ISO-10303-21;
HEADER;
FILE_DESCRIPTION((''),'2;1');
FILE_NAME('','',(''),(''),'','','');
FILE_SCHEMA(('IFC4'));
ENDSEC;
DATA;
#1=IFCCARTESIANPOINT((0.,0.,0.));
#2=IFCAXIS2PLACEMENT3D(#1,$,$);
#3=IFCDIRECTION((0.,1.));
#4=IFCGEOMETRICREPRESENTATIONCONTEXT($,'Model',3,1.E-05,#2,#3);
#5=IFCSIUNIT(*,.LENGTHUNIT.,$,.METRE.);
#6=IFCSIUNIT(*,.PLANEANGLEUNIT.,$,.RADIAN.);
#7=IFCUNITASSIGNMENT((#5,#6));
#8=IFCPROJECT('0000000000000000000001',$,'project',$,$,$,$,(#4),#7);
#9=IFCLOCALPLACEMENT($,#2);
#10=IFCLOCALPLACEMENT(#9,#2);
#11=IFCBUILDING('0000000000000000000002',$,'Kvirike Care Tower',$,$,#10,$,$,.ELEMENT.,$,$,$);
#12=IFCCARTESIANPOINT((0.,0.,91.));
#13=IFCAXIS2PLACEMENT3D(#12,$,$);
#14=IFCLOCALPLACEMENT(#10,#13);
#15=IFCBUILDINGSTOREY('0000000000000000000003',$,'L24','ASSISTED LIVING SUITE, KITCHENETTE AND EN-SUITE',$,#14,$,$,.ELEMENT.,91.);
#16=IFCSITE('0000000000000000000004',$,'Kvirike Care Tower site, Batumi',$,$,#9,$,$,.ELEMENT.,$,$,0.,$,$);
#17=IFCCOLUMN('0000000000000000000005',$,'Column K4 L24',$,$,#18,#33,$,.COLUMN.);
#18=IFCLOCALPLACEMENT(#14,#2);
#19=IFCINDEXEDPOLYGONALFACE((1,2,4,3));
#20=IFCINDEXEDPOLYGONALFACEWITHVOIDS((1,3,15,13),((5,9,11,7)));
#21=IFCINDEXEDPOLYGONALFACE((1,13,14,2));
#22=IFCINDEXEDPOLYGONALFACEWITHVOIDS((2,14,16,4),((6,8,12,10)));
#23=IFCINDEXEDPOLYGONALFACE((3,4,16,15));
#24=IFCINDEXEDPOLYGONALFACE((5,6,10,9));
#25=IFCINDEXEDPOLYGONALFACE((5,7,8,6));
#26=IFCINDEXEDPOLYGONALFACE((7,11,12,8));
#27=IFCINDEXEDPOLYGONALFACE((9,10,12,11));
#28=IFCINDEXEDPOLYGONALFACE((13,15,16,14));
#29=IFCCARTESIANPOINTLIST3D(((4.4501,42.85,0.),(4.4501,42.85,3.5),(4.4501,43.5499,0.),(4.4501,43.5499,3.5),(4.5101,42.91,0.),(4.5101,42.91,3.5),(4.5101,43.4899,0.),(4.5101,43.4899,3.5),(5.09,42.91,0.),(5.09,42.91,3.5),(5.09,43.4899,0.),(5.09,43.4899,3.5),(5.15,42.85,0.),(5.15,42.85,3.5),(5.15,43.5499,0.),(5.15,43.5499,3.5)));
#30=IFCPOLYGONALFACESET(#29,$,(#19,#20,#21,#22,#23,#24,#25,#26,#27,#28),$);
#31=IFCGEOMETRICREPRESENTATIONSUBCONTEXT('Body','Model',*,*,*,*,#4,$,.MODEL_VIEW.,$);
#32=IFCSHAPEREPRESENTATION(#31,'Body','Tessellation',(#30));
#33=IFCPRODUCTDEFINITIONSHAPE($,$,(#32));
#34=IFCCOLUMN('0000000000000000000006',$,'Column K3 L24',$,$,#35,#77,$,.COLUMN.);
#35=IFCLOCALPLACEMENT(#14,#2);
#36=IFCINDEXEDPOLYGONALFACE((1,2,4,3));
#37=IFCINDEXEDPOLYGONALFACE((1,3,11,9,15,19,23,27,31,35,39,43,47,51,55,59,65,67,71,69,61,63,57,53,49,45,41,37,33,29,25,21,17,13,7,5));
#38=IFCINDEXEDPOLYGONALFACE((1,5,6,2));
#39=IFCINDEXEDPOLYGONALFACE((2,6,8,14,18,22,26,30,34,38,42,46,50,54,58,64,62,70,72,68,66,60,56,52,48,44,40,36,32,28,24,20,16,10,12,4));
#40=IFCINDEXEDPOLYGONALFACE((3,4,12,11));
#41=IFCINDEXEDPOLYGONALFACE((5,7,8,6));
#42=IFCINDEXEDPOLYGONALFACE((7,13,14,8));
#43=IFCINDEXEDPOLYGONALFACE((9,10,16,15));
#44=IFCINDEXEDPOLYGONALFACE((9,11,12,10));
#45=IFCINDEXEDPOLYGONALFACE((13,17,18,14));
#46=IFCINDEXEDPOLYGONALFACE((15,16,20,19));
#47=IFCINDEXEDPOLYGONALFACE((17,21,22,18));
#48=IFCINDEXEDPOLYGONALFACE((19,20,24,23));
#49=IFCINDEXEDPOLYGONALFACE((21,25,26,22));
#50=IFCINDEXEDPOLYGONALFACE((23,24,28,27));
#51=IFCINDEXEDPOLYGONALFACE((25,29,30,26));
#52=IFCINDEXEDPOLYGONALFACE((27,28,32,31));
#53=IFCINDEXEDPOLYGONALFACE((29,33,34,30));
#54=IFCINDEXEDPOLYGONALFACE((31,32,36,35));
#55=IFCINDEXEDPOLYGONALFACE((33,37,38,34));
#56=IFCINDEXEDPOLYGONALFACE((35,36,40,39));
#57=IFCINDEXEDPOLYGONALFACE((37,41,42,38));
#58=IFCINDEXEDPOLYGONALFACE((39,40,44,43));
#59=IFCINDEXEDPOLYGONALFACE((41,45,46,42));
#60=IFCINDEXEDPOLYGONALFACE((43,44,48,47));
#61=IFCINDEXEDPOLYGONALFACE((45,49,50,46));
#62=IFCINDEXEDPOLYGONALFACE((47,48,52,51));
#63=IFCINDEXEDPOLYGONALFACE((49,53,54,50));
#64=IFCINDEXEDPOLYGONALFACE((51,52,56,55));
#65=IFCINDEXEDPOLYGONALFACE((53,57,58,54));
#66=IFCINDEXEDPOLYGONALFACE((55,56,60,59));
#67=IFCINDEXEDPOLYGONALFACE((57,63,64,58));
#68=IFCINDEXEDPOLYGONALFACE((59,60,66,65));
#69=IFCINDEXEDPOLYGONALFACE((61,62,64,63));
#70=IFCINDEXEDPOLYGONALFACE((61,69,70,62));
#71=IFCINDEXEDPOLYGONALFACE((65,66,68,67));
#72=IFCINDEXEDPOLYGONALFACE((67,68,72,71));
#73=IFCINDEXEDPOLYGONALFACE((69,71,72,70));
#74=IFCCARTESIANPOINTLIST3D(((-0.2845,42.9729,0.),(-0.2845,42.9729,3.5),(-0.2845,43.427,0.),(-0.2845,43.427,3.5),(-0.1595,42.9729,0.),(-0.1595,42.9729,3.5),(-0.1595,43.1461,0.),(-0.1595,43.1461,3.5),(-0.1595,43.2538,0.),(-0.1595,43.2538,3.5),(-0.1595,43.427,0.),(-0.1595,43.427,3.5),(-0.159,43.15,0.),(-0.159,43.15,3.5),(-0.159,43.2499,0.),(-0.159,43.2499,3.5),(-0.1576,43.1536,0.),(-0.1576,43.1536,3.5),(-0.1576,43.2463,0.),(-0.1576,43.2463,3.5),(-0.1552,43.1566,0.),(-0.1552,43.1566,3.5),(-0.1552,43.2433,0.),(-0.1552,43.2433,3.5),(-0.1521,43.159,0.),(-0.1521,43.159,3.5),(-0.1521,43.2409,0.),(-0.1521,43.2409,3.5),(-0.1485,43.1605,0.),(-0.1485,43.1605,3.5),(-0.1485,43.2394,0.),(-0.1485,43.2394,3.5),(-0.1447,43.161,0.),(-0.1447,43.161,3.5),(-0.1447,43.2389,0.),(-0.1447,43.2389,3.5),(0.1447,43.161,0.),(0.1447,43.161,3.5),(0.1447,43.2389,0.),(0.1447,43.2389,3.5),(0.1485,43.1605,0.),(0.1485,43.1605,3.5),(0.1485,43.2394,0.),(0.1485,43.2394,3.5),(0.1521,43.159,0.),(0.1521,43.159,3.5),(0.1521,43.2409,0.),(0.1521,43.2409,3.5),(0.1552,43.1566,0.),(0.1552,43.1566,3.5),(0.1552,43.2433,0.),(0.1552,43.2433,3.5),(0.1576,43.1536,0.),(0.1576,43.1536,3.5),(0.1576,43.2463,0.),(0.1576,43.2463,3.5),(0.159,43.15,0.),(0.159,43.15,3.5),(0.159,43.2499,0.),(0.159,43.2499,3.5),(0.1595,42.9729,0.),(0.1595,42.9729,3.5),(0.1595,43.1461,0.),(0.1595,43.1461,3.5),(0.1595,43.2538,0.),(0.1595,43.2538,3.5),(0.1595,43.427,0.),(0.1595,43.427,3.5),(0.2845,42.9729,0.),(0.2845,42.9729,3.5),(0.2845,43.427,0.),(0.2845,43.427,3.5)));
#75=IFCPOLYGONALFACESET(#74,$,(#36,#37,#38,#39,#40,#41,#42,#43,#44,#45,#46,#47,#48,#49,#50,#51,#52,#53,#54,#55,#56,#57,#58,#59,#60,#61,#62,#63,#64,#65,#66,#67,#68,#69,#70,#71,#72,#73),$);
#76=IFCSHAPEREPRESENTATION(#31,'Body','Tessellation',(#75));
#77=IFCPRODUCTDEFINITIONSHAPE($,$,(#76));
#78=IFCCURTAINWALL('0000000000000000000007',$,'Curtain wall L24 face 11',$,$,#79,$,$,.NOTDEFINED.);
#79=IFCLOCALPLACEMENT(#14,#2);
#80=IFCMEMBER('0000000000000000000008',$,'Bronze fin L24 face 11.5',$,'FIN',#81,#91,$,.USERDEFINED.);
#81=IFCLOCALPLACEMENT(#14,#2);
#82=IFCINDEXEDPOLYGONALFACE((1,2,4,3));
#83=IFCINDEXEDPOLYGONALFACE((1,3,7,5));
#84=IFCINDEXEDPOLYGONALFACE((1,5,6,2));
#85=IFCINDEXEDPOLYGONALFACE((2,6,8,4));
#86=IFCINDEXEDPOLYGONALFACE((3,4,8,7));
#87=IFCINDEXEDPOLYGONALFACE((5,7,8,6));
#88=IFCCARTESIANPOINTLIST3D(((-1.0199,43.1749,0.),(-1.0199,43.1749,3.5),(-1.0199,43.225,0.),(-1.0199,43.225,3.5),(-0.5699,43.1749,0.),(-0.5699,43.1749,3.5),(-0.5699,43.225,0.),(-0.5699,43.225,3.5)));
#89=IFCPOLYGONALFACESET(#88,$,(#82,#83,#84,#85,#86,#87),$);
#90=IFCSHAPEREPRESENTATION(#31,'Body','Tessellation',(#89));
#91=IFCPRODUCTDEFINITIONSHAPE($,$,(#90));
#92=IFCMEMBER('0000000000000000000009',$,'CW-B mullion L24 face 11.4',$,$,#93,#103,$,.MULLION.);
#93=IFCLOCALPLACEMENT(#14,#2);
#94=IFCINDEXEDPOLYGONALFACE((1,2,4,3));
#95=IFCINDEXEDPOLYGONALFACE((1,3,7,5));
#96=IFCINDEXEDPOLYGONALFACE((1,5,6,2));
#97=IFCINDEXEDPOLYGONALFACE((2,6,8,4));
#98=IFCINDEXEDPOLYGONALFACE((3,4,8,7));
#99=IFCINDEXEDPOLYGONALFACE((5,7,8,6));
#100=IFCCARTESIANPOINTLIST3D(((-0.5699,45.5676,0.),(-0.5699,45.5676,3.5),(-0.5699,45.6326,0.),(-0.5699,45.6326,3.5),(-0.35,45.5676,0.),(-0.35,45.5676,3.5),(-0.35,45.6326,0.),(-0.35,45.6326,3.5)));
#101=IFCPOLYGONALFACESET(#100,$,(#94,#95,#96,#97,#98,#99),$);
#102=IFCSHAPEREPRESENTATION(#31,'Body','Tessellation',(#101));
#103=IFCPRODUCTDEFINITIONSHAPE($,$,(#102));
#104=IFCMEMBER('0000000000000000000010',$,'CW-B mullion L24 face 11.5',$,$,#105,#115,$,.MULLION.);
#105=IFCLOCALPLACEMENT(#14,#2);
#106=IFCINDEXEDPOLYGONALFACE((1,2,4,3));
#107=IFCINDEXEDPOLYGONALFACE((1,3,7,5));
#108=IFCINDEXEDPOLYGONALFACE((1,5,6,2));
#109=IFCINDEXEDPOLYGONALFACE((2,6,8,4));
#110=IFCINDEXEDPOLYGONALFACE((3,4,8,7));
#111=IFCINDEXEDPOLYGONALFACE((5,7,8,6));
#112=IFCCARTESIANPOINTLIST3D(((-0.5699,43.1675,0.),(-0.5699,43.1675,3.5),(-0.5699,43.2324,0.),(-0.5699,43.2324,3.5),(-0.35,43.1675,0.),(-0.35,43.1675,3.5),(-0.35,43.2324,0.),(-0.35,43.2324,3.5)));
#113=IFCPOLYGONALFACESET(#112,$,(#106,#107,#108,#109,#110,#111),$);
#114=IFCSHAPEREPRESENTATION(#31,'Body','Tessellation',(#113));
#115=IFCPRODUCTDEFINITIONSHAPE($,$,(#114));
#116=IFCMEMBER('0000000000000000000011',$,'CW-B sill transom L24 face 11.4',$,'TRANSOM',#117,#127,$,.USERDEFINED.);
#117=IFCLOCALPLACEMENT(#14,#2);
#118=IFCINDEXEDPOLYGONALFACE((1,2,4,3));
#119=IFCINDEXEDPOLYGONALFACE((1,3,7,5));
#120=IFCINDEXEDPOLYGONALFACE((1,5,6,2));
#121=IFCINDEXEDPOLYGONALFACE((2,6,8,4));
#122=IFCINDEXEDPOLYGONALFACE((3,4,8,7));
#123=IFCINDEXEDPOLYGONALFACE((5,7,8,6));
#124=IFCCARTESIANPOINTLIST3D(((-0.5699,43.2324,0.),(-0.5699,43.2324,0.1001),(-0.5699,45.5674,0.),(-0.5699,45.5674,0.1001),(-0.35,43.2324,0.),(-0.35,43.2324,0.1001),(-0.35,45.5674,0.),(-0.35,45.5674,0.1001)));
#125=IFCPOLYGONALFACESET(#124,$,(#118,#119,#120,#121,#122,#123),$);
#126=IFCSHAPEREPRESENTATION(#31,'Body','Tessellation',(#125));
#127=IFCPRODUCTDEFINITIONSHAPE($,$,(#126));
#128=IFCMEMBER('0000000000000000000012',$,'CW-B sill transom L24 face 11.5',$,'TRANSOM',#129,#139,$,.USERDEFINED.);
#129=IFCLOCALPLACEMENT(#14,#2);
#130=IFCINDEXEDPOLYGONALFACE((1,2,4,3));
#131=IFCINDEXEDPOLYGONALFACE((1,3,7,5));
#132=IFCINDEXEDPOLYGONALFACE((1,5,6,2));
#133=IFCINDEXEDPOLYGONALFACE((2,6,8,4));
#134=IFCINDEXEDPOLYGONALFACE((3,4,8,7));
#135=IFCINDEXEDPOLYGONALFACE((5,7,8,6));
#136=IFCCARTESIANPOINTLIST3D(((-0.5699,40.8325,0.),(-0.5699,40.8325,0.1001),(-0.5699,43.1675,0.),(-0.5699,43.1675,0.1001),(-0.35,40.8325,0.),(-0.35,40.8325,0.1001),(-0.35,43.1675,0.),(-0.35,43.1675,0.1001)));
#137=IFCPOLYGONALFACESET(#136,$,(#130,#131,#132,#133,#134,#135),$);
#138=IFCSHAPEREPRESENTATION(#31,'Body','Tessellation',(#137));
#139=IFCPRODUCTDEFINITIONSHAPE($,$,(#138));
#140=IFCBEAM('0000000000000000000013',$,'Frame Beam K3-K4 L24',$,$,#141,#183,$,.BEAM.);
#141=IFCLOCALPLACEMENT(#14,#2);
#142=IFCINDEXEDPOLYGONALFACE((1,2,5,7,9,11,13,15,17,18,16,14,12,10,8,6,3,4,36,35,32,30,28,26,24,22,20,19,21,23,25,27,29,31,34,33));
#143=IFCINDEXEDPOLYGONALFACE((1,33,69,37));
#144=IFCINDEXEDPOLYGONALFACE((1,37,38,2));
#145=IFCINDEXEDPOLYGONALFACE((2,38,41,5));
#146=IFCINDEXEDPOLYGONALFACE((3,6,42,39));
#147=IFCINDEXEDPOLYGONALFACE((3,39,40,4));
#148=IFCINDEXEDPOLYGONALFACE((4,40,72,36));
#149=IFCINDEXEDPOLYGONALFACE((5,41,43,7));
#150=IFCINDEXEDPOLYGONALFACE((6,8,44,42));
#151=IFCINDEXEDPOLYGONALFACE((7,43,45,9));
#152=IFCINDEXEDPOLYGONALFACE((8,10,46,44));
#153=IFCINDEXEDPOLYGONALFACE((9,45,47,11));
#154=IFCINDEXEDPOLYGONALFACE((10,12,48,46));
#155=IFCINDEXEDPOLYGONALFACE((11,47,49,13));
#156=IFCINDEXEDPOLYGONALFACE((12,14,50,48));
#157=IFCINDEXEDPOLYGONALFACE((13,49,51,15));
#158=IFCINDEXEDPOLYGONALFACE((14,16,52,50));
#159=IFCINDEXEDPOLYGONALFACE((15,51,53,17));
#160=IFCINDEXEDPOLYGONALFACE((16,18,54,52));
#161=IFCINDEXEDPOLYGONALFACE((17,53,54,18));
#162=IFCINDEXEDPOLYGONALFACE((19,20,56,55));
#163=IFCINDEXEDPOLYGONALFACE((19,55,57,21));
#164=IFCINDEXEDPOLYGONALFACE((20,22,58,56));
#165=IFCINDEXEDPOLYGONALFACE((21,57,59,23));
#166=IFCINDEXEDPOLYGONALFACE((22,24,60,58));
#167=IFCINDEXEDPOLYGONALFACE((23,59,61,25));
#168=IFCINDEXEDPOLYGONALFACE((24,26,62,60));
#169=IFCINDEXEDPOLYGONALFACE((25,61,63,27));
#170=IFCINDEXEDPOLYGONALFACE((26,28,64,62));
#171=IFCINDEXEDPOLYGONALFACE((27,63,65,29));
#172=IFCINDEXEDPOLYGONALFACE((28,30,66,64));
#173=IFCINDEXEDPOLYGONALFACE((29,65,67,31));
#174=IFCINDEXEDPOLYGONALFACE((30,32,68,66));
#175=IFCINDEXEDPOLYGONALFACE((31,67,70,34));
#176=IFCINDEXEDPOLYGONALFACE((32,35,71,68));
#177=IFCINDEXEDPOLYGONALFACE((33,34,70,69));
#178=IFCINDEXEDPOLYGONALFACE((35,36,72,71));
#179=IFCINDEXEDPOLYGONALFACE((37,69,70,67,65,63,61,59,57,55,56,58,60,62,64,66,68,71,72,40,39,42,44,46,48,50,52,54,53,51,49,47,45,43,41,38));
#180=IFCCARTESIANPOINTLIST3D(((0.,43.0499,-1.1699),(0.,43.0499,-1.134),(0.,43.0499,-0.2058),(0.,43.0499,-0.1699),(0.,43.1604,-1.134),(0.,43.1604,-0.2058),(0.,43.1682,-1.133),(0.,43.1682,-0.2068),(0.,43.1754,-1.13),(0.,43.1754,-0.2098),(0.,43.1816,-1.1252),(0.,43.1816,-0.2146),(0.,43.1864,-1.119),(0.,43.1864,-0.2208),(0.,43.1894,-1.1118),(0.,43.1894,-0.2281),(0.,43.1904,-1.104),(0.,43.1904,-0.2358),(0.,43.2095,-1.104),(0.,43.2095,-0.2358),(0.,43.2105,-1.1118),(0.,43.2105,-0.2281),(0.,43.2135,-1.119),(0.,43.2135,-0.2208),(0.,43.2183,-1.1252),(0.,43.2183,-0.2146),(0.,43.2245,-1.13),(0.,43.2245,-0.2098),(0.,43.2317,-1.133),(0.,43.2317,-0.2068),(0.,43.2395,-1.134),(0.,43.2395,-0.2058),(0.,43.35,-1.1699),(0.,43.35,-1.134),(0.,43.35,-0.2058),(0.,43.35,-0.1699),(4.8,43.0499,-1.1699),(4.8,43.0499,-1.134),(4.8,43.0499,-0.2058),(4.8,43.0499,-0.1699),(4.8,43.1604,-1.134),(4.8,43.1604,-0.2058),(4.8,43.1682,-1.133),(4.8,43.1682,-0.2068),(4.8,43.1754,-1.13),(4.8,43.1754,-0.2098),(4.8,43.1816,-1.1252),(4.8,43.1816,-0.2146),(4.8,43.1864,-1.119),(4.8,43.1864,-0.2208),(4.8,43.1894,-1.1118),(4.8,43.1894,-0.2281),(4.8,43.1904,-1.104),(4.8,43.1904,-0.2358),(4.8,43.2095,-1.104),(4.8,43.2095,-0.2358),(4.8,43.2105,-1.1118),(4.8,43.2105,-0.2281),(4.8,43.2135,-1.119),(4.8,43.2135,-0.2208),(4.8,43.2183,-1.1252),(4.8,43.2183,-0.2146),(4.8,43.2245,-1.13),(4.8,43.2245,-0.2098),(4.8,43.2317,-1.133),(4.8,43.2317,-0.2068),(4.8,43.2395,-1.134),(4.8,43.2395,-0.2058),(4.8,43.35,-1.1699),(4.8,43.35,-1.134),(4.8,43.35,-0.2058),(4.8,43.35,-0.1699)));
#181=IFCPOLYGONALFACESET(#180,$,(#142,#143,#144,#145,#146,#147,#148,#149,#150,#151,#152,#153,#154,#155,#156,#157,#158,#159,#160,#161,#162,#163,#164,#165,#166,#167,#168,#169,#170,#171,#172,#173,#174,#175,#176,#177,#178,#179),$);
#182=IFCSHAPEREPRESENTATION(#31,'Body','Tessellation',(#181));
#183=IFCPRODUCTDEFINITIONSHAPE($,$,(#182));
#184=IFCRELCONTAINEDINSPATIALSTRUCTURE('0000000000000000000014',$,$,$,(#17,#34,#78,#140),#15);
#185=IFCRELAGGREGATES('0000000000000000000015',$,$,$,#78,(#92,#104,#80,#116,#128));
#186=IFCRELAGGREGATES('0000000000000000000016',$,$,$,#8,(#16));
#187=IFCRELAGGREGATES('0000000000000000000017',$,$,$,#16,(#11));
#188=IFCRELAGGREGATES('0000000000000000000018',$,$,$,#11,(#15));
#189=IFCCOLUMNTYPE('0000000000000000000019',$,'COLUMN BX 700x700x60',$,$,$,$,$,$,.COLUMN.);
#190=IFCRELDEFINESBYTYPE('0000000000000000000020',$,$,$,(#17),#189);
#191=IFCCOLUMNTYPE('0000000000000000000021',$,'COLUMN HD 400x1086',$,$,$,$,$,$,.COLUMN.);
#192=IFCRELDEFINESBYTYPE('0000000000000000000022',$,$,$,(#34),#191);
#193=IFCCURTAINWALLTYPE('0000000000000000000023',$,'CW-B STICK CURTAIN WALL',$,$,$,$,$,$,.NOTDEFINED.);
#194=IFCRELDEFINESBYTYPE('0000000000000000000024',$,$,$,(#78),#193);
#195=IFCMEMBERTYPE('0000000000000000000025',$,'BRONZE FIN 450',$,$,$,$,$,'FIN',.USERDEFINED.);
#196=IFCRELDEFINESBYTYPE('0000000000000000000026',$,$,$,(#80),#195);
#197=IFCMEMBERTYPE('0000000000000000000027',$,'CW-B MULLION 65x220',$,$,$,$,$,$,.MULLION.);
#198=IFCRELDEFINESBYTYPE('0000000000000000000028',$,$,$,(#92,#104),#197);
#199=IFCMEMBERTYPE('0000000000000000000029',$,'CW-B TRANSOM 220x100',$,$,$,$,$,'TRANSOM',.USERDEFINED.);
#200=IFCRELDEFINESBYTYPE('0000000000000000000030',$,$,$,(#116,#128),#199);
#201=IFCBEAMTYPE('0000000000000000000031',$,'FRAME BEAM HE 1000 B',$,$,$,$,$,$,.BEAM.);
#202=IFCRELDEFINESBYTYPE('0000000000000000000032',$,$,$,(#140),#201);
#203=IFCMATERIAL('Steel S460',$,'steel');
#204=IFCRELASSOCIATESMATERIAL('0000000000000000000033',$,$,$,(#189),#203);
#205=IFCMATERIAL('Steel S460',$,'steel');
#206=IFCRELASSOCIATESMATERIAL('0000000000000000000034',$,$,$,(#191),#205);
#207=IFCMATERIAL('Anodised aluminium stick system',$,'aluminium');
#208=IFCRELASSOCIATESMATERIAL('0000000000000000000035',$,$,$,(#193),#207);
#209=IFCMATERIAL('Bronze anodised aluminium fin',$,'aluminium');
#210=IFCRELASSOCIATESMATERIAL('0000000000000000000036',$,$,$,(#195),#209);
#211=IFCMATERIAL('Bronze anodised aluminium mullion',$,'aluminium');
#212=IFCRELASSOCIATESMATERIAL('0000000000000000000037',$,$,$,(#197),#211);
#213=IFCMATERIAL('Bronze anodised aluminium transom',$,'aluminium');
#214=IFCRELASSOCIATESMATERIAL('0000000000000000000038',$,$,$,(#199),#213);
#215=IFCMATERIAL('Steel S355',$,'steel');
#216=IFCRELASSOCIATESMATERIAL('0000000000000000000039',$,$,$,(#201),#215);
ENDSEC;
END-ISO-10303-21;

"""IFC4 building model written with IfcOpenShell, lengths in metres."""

from ifc_helpers import new_model, si_unit, direction, frame, origin, origin_2d, place, context, subcontext, project, spatial, rectangle, hollow_rectangle, i_section, extrude, material, material_profile, profile_set, type_object, element, aggregate, save


model = new_model("IFC4")

# Units and contexts
model_context = context("Model", 3, precision=1e-05, world=origin(), true_north=direction((0.0, 1.0)))
body_context = subcontext(model_context, "Body", "Model", "MODEL_VIEW")
ifc_project = project(units=[si_unit("LENGTHUNIT", "METRE"), si_unit("PLANEANGLEUNIT", "RADIAN")], contexts=[model_context])

# Site, building, storey
site_placement = place(None, origin())
site = spatial("IfcSite", under=ifc_project, at=site_placement, Name="Kvirike Care Tower site, Batumi", CompositionType="ELEMENT", RefElevation=0.0)
building_placement = place(site_placement, origin())
building = spatial("IfcBuilding", under=site, at=building_placement, Name="Kvirike Care Tower", CompositionType="ELEMENT")
storey_placement = place(building_placement, frame((0.0, 0.0, 91.0)))
storey = spatial("IfcBuildingStorey", under=building, at=storey_placement, Name="L24", Description="ASSISTED LIVING SUITE, KITCHENETTE AND EN-SUITE", CompositionType="ELEMENT", Elevation=91.0)

# Columns
ifc_material_1 = material(Name="Steel S460", Category="steel")
ifc_material_profile_1 = material_profile(ifc_material_1, hollow_rectangle(XDim=0.7, YDim=0.7, WallThickness=0.0601, at=origin_2d()), Name="BX 700x700x60")
ifc_profile_set_1 = profile_set([ifc_material_profile_1], Name="Steel S460")
column_type_1 = type_object("IfcColumnType", Name="COLUMN BX 700x700x60", PredefinedType="COLUMN", material=ifc_profile_set_1)
column_1_placement = place(storey_placement, frame((4.8, 43.2, 0.0), z_axis=(0.0, 0.0, 1.0), x_axis=(0.0, 1.0, 0.0)))
element("IfcColumn", 1, at=column_1_placement, inside=storey, type_object=column_type_1, Name="Column K4 L24", PredefinedType="COLUMN", context=body_context, shape_type="SweptSolid", body=[
    extrude(hollow_rectangle(XDim=0.7, YDim=0.7, WallThickness=0.0601, at=origin_2d()), origin(), (0.0, 0.0, 1.0), 3.5),
])
ifc_material_2 = material(Name="Steel S460", Category="steel")
ifc_material_profile_2 = material_profile(ifc_material_2, i_section(OverallWidth=0.4541, OverallDepth=0.5691, WebThickness=0.0779, FlangeThickness=0.125, FilletRadius=0.0149, at=origin_2d()), Name="HD 400x1086")
ifc_profile_set_2 = profile_set([ifc_material_profile_2], Name="Steel S460")
column_type_2 = type_object("IfcColumnType", Name="COLUMN HD 400x1086", PredefinedType="COLUMN", material=ifc_profile_set_2)
column_2_placement = place(storey_placement, frame((0.0, 43.2, 0.0), z_axis=(0.0, 0.0, 1.0), x_axis=(0.0, 1.0, 0.0)))
element("IfcColumn", 2, at=column_2_placement, inside=storey, type_object=column_type_2, Name="Column K3 L24", PredefinedType="COLUMN", context=body_context, shape_type="SweptSolid", body=[
    extrude(i_section(OverallWidth=0.4541, OverallDepth=0.5691, WebThickness=0.0779, FlangeThickness=0.125, FilletRadius=0.0149, at=origin_2d()), origin(), (0.0, 0.0, 1.0), 3.5),
])

# Curtain wall, members
ifc_material_3 = material(Name="Anodised aluminium stick system", Category="aluminium")
curtain_wall_type = type_object("IfcCurtainWallType", Name="CW-B STICK CURTAIN WALL", PredefinedType="NOTDEFINED", material=ifc_material_3)
curtain_wall_placement = place(storey_placement, origin())
curtain_wall = element("IfcCurtainWall", 3, at=curtain_wall_placement, inside=storey, type_object=curtain_wall_type, Name="Curtain wall L24 face 11", PredefinedType="NOTDEFINED")
ifc_material_4 = material(Name="Bronze anodised aluminium fin", Category="aluminium")
ifc_material_profile_3 = material_profile(ifc_material_4, rectangle(XDim=0.05, YDim=0.45, at=origin_2d()), Name="BRONZE FIN 450")
ifc_profile_set_3 = profile_set([ifc_material_profile_3], Name="Bronze anodised aluminium fin")
member_type_1 = type_object("IfcMemberType", Name="BRONZE FIN 450", ElementType="FIN", PredefinedType="USERDEFINED", material=ifc_profile_set_3)
member_1_placement = place(storey_placement, frame((-0.7949, 43.2, 0.0), z_axis=(0.0, 0.0, 1.0), x_axis=(0.0, -1.0, 0.0)))
member_1 = element("IfcMember", 4, at=member_1_placement, type_object=member_type_1, Name="Bronze fin L24 face 11.5", ObjectType="FIN", PredefinedType="USERDEFINED", context=body_context, shape_type="SweptSolid", body=[
    extrude(rectangle(XDim=0.05, YDim=0.45, at=origin_2d()), origin(), (0.0, 0.0, 1.0), 3.5),
])
ifc_material_5 = material(Name="Bronze anodised aluminium mullion", Category="aluminium")
ifc_material_profile_4 = material_profile(ifc_material_5, rectangle(XDim=0.0649, YDim=0.22, at=origin_2d()), Name="CW-B MULLION 65x220")
ifc_profile_set_4 = profile_set([ifc_material_profile_4], Name="Bronze anodised aluminium mullion")
member_type_2 = type_object("IfcMemberType", Name="CW-B MULLION 65x220", PredefinedType="MULLION", material=ifc_profile_set_4)
member_2_placement = place(storey_placement, frame((-0.46, 45.6001, 0.0), z_axis=(0.0, 0.0, 1.0), x_axis=(0.0, -1.0, 0.0)))
member_2 = element("IfcMember", 5, at=member_2_placement, type_object=member_type_2, Name="CW-B mullion L24 face 11.4", PredefinedType="MULLION", context=body_context, shape_type="SweptSolid", body=[
    extrude(rectangle(XDim=0.0649, YDim=0.22, at=origin_2d()), origin(), (0.0, 0.0, 1.0), 3.5),
])
member_3_placement = place(storey_placement, frame((-0.46, 43.2, 0.0), z_axis=(0.0, 0.0, 1.0), x_axis=(0.0, -1.0, 0.0)))
member_3 = element("IfcMember", 6, at=member_3_placement, type_object=member_type_2, Name="CW-B mullion L24 face 11.5", PredefinedType="MULLION", context=body_context, shape_type="SweptSolid", body=[
    extrude(rectangle(XDim=0.0649, YDim=0.22, at=origin_2d()), origin(), (0.0, 0.0, 1.0), 3.5),
])
ifc_material_6 = material(Name="Bronze anodised aluminium transom", Category="aluminium")
ifc_material_profile_5 = material_profile(ifc_material_6, rectangle(XDim=0.22, YDim=0.1001, at=origin_2d()), Name="CW-B TRANSOM 220x100")
ifc_profile_set_5 = profile_set([ifc_material_profile_5], Name="Bronze anodised aluminium transom")
member_type_3 = type_object("IfcMemberType", Name="CW-B TRANSOM 220x100", ElementType="TRANSOM", PredefinedType="USERDEFINED", material=ifc_profile_set_5)
member_4_placement = place(storey_placement, frame((-0.46, 45.5674, 0.05), z_axis=(0.0, -1.0, 0.0), x_axis=(1.0, 0.0, 0.0)))
member_4 = element("IfcMember", 7, at=member_4_placement, type_object=member_type_3, Name="CW-B sill transom L24 face 11.4", ObjectType="TRANSOM", PredefinedType="USERDEFINED", context=body_context, shape_type="SweptSolid", body=[
    extrude(rectangle(XDim=0.22, YDim=0.1001, at=origin_2d()), origin(), (0.0, 0.0, 1.0), 2.335),
])
member_5_placement = place(storey_placement, frame((-0.46, 43.1675, 0.05), z_axis=(0.0, -1.0, 0.0), x_axis=(1.0, 0.0, 0.0)))
member_5 = element("IfcMember", 8, at=member_5_placement, type_object=member_type_3, Name="CW-B sill transom L24 face 11.5", ObjectType="TRANSOM", PredefinedType="USERDEFINED", context=body_context, shape_type="SweptSolid", body=[
    extrude(rectangle(XDim=0.22, YDim=0.1001, at=origin_2d()), origin(), (0.0, 0.0, 1.0), 2.335),
])

# Beam
ifc_material_7 = material(Name="Steel S355", Category="steel")
ifc_material_profile_6 = material_profile(ifc_material_7, i_section(OverallWidth=0.3, OverallDepth=1.0, WebThickness=0.019, FlangeThickness=0.0359, FilletRadius=0.03, at=origin_2d()), Name="HE 1000 B")
ifc_profile_set_6 = profile_set([ifc_material_profile_6], Name="Steel S355")
beam_type_1 = type_object("IfcBeamType", Name="FRAME BEAM HE 1000 B", PredefinedType="BEAM", material=ifc_profile_set_6)
for number, where, z_axis, x_axis, name in (
    (9, (0.0, 43.2, -0.6699), (1.0, 0.0, 0.0), (0.0, 1.0, 0.0), "Frame Beam K3-K4 L24"),
):
    element("IfcBeam", number, at=place(storey_placement, frame(where, z_axis=z_axis, x_axis=x_axis)), inside=storey, type_object=beam_type_1, Name=name, PredefinedType="BEAM", context=body_context, shape_type="SweptSolid", body=[
        extrude(i_section(OverallWidth=0.3, OverallDepth=1.0, WebThickness=0.019, FlangeThickness=0.0359, FilletRadius=0.03, at=origin_2d()), origin(), (0.0, 0.0, 1.0), 4.8),
    ])

aggregate(curtain_wall, [member_2, member_3, member_1, member_4, member_5])

save(model, "model.ifc")
